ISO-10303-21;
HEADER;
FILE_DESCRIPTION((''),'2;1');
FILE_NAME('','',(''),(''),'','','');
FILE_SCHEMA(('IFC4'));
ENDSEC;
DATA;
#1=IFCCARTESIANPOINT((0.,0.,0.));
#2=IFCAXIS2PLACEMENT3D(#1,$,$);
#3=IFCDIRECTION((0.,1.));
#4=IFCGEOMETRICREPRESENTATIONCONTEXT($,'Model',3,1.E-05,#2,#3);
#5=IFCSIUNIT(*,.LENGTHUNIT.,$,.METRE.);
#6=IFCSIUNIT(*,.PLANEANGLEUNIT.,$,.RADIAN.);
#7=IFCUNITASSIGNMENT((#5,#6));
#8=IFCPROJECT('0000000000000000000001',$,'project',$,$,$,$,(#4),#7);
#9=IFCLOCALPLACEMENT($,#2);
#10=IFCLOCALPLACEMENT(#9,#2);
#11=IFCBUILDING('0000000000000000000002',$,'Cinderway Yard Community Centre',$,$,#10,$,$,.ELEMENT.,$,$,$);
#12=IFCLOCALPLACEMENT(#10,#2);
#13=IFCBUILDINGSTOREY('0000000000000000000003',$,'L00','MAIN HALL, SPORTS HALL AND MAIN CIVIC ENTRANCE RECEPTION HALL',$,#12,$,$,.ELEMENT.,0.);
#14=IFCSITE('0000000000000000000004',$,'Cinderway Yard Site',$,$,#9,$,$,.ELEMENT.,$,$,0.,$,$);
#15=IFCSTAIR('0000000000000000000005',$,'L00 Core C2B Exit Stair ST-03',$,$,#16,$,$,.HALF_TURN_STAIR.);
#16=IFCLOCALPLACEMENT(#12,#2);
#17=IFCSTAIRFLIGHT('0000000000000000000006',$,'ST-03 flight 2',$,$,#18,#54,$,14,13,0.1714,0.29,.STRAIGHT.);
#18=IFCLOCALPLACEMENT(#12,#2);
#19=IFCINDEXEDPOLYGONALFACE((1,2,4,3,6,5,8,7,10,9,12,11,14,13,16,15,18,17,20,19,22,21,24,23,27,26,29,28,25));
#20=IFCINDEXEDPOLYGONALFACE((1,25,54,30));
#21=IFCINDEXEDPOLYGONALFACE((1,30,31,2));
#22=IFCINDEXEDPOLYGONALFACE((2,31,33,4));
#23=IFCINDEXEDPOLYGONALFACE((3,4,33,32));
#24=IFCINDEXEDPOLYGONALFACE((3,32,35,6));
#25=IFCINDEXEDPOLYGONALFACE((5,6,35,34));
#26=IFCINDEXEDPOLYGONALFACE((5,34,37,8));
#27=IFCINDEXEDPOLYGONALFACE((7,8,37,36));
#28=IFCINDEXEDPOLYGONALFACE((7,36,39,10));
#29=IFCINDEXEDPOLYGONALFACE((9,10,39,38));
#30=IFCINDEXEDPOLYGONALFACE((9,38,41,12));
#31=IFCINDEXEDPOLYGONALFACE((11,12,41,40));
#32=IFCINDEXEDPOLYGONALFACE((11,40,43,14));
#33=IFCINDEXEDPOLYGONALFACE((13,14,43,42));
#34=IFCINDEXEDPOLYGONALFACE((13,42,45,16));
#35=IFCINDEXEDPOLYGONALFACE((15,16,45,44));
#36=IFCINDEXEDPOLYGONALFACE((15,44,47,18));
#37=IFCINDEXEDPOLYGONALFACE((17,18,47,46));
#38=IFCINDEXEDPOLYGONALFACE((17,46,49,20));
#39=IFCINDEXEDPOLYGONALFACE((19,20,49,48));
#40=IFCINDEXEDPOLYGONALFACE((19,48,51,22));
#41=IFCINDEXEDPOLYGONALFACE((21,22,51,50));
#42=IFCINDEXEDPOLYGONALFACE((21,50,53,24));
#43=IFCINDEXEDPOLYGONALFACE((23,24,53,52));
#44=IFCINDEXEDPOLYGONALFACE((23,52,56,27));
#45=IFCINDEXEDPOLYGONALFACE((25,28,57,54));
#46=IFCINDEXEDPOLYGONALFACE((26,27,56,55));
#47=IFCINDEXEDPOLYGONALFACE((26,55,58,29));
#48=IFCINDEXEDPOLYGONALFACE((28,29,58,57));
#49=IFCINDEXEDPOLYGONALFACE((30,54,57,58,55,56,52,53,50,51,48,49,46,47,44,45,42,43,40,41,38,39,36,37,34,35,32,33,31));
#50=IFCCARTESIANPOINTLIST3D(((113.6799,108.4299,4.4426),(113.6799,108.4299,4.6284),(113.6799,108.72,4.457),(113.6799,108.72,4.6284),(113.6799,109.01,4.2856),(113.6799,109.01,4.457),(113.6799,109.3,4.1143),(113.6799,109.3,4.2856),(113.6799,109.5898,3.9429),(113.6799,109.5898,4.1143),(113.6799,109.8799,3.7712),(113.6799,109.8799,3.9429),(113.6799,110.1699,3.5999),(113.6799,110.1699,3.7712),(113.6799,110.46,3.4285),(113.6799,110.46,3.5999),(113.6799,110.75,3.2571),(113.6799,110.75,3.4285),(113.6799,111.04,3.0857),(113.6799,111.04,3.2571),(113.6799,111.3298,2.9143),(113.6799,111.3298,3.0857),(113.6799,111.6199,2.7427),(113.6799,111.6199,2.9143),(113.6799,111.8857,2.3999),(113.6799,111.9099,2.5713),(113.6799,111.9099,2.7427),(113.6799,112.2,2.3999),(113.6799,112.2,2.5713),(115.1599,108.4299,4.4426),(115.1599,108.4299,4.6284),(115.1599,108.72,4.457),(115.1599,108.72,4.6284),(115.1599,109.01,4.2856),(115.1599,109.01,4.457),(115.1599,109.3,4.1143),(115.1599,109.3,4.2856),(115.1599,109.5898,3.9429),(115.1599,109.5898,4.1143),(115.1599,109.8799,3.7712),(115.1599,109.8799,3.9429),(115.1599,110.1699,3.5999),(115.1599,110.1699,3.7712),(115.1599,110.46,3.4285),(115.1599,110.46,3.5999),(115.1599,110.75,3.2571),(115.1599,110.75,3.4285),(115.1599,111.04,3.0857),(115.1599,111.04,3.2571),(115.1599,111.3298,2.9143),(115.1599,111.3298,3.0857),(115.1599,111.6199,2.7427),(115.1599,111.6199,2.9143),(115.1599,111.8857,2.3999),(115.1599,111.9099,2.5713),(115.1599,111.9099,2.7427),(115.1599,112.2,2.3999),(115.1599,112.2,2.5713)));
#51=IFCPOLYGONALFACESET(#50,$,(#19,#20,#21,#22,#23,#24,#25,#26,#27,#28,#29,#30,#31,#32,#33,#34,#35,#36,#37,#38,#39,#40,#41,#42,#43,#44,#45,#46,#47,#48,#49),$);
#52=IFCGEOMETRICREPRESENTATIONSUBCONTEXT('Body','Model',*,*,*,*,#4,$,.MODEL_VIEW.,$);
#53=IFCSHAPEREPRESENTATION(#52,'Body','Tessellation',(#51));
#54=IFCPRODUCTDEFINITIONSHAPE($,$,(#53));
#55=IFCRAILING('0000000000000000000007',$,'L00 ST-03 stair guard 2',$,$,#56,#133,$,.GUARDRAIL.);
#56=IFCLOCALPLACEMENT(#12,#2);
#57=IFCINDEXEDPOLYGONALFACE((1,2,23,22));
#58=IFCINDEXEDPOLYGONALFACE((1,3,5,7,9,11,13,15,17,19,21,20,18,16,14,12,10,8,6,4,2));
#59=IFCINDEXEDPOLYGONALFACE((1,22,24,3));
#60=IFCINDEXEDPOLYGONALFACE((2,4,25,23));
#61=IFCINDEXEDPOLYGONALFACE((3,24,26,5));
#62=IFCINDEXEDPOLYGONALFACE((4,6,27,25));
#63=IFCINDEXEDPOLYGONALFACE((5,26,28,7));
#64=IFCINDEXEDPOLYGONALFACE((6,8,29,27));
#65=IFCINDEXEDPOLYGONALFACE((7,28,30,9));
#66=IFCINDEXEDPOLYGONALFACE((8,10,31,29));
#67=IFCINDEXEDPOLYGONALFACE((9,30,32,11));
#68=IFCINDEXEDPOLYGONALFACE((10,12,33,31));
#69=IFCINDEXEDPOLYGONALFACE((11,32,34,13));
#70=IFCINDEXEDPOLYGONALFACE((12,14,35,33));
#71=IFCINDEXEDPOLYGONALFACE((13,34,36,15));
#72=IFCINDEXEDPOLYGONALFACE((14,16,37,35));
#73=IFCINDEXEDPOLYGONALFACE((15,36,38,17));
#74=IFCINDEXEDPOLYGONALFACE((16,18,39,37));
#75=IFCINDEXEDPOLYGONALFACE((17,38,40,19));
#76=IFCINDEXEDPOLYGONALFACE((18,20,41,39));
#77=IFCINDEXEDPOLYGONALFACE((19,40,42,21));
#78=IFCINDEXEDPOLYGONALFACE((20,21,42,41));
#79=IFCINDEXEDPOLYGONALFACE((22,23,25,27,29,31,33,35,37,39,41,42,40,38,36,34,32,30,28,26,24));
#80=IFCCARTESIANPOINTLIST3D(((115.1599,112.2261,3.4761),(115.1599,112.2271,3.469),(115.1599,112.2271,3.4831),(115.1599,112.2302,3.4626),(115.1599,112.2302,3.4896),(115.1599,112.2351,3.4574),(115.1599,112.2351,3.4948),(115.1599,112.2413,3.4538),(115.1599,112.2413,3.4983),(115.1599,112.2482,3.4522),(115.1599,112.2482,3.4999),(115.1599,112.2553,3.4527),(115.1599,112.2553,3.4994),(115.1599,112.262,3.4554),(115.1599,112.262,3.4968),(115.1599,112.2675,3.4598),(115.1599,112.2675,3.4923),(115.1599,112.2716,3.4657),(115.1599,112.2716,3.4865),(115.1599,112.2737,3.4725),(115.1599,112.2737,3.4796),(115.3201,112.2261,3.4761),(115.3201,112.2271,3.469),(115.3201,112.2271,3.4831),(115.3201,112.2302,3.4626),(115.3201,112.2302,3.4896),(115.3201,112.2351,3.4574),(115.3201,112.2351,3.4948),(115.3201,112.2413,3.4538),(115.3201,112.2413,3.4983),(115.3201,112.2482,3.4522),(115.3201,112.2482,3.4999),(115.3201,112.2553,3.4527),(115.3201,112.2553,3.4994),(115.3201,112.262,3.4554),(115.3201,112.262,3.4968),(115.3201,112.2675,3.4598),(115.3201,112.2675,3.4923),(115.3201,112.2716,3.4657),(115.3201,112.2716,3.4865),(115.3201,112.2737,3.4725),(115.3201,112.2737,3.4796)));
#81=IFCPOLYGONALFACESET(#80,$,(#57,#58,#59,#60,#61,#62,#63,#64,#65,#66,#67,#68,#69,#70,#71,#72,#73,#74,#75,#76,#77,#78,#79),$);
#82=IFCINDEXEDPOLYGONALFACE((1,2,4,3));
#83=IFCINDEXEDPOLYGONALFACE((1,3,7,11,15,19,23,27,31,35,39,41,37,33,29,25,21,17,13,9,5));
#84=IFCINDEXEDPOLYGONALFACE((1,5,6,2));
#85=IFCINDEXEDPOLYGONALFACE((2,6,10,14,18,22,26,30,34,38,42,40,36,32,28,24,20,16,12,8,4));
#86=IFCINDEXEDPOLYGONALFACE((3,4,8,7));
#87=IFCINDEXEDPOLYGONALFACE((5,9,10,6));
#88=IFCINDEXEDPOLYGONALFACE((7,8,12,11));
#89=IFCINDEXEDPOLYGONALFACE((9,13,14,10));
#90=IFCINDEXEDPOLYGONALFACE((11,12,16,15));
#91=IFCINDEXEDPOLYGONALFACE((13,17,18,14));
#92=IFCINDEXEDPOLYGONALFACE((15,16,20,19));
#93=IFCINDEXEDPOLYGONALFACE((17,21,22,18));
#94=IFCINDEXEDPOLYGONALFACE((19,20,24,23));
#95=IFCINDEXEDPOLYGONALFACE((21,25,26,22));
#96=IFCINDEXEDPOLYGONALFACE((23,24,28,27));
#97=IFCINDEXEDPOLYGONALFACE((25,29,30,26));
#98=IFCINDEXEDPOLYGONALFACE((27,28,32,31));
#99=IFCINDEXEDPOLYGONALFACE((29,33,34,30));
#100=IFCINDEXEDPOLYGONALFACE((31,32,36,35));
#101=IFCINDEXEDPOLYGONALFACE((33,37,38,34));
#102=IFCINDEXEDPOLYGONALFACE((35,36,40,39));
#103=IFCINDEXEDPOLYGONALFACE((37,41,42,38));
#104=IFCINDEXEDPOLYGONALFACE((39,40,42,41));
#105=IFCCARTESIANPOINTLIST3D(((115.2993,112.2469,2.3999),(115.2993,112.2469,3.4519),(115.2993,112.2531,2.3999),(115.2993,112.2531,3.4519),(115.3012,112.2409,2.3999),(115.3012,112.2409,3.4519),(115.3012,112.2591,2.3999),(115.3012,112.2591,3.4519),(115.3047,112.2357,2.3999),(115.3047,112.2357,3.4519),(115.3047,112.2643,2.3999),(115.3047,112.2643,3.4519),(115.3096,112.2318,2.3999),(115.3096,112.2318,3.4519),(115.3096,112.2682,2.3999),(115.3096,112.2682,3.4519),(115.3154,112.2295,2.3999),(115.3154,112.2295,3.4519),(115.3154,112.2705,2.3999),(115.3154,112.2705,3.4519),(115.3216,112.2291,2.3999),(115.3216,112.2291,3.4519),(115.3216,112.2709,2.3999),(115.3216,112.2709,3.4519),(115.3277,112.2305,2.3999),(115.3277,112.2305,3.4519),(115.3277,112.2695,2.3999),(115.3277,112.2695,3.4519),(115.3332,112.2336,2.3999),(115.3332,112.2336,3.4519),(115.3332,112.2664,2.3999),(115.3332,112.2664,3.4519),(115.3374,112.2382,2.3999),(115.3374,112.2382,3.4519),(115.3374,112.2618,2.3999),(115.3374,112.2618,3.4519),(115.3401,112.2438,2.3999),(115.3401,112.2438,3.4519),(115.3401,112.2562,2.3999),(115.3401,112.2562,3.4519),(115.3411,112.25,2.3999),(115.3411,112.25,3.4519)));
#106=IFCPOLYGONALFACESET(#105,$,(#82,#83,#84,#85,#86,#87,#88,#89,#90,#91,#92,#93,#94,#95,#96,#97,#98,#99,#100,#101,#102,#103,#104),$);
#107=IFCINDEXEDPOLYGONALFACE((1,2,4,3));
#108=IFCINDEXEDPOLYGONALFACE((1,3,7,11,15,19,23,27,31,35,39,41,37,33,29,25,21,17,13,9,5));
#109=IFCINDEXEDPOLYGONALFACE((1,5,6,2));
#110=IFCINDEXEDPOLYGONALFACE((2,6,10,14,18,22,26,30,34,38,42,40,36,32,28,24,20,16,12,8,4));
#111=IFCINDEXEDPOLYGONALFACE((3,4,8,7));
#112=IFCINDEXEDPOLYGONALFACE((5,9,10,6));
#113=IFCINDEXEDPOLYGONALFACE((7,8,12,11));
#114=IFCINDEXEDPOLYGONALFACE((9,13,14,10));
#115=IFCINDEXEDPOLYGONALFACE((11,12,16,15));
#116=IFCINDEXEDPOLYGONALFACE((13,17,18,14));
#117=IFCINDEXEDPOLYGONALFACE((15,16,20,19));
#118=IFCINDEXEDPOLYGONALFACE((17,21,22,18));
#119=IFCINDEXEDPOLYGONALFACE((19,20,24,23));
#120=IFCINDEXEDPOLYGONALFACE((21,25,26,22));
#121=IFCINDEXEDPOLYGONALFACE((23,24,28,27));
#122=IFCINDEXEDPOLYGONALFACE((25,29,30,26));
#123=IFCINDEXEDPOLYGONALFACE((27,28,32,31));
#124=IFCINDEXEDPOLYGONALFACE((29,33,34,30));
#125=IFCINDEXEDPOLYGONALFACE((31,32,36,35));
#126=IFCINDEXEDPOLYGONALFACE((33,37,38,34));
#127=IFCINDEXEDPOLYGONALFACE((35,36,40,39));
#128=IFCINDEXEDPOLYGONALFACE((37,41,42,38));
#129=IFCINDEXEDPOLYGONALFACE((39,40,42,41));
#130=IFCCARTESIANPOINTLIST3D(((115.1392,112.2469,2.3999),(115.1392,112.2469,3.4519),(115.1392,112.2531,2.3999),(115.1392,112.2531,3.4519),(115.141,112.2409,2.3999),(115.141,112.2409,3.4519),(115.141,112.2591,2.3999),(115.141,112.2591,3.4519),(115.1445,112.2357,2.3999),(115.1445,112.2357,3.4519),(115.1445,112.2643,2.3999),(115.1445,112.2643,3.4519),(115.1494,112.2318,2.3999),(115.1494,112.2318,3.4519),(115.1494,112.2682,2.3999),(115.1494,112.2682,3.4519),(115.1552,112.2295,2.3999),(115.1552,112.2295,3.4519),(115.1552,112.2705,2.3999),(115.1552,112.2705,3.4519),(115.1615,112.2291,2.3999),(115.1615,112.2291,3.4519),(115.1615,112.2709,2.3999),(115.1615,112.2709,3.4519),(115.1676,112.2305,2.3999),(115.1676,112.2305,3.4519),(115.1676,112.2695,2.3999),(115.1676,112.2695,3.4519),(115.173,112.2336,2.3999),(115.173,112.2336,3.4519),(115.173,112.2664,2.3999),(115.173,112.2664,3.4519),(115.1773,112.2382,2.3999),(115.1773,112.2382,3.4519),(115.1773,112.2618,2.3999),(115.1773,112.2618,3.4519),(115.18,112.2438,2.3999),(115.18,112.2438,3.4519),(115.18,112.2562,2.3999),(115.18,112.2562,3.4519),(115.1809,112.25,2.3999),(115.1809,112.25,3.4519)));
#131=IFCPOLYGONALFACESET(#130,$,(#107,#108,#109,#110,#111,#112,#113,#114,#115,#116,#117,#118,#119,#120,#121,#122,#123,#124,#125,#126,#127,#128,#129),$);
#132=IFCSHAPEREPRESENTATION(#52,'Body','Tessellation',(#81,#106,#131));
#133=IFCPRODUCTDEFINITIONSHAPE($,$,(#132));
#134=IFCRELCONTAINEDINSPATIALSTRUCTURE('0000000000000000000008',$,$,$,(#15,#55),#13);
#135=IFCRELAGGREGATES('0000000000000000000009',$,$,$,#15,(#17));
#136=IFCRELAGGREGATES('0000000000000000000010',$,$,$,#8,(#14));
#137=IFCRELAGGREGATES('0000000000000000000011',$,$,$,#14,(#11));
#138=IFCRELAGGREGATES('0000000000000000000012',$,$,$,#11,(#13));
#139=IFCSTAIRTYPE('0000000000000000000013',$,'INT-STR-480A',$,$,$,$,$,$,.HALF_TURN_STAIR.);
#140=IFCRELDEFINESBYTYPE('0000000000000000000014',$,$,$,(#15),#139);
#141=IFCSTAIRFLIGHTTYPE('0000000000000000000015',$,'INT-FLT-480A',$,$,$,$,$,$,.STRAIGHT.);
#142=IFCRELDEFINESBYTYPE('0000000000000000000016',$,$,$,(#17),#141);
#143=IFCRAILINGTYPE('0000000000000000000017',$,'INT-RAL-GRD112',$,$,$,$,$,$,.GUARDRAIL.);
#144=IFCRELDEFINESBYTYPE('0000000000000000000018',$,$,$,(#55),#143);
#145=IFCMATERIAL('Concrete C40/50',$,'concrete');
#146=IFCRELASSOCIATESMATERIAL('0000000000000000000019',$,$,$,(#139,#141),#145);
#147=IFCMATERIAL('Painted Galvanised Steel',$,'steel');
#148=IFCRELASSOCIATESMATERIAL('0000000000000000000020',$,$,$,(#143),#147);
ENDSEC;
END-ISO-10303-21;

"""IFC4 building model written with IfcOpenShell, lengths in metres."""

from ifc_helpers import new_model, si_unit, direction, frame, origin, origin_2d, place, context, subcontext, project, spatial, polyline, circle, outline, extrude, material, type_object, element, aggregate, save


model = new_model("IFC4")

# Units and contexts
model_context = context("Model", 3, precision=1e-05, world=origin(), true_north=direction((0.0, 1.0)))
body_context = subcontext(model_context, "Body", "Model", "MODEL_VIEW")
ifc_project = project(units=[si_unit("LENGTHUNIT", "METRE"), si_unit("PLANEANGLEUNIT", "RADIAN")], contexts=[model_context])

# Site, building, storey
site_placement = place(None, origin())
site = spatial("IfcSite", under=ifc_project, at=site_placement, Name="Cinderway Yard Site", CompositionType="ELEMENT", RefElevation=0.0)
building_placement = place(site_placement, origin())
building = spatial("IfcBuilding", under=site, at=building_placement, Name="Cinderway Yard Community Centre", CompositionType="ELEMENT")
storey_placement = place(building_placement, origin())
storey = spatial("IfcBuildingStorey", under=building, at=storey_placement, Name="L00", Description="MAIN HALL, SPORTS HALL AND MAIN CIVIC ENTRANCE RECEPTION HALL", CompositionType="ELEMENT", Elevation=0.0)

# Shared definitions
ifc_material_1 = material(Name="Concrete C40/50", Category="concrete")

# Stair, stair flight
stair_type = type_object("IfcStairType", Name="INT-STR-480A", PredefinedType="HALF_TURN_STAIR", material=ifc_material_1)
stair_placement = place(storey_placement, origin())
stair = element("IfcStair", 1, at=stair_placement, inside=storey, type_object=stair_type, Name="L00 Core C2B Exit Stair ST-03", PredefinedType="HALF_TURN_STAIR")
stair_flight_type = type_object("IfcStairFlightType", Name="INT-FLT-480A", PredefinedType="STRAIGHT", material=ifc_material_1)
stair_flight_placement = place(storey_placement, frame((114.4199, 112.2, 2.3999), z_axis=(0.0, 0.0, 1.0), x_axis=(0.0, -1.0, 0.0)))
stair_flight = element("IfcStairFlight", 2, at=stair_flight_placement, type_object=stair_flight_type, Name="ST-03 flight 2", NumberOfRisers=14, NumberOfTreads=13, PredefinedType="STRAIGHT", RiserHeight=0.1714, TreadLength=0.29, context=body_context, shape_type="SweptSolid", body=[
    extrude(outline(polyline([(0.0, 0.0), (0.0, 0.1714), (0.29, 0.1714), (0.29, 0.3428), (0.5801, 0.3428), (0.5801, 0.5144), (0.8701, 0.5144), (0.8701, 0.6858), (1.1599, 0.6858), (1.1599, 0.8572), (1.45, 0.8572), (1.45, 1.0286), (1.74, 1.0286), (1.74, 1.2), (2.03, 1.2), (2.03, 1.3713), (2.3201, 1.3713), (2.3201, 1.543), (2.6101, 1.543), (2.6101, 1.7144), (2.8999, 1.7144), (2.8999, 1.8857), (3.1899, 1.8857), (3.1899, 2.0571), (3.48, 2.0571), (3.48, 2.2285), (3.77, 2.2285), (3.77, 2.3999), (3.77, 2.0427), (0.3142, 0.0), (0.0, 0.0)])), frame((0.0, 0.74, 0.0), z_axis=(0.0, -1.0, 0.0), x_axis=(1.0, 0.0, 0.0)), (0.0, 0.0, 1.0), 1.48),
])
aggregate(stair, [stair_flight])

# Railing
ifc_material_2 = material(Name="Painted Galvanised Steel", Category="steel")
railing_type_1 = type_object("IfcRailingType", Name="INT-RAL-GRD112", PredefinedType="GUARDRAIL", material=ifc_material_2)
railing_1_placement = place(storey_placement, frame((115.3201, 112.25, 2.3999)))
element("IfcRailing", 3, at=railing_1_placement, inside=storey, type_object=railing_type_1, Name="L00 ST-03 stair guard 2", PredefinedType="GUARDRAIL", context=body_context, shape_type="SweptSolid", body=[
    extrude(circle(Radius=0.0239, at=origin_2d()), frame((0.0, 0.0, 1.0762), z_axis=(-1.0, 0.0, 0.0), x_axis=(0.0, -1.0, 0.0)), (0.0, 0.0, 1.0), 0.1602),
    extrude(circle(Radius=0.021, at=origin_2d()), origin(), (0.0, 0.0, 1.0), 1.052),
    extrude(circle(Radius=0.021, at=origin_2d()), frame((-0.1602, 0.0, 0.0)), (0.0, 0.0, 1.0), 1.052),
])

save(model, "model.ifc")
